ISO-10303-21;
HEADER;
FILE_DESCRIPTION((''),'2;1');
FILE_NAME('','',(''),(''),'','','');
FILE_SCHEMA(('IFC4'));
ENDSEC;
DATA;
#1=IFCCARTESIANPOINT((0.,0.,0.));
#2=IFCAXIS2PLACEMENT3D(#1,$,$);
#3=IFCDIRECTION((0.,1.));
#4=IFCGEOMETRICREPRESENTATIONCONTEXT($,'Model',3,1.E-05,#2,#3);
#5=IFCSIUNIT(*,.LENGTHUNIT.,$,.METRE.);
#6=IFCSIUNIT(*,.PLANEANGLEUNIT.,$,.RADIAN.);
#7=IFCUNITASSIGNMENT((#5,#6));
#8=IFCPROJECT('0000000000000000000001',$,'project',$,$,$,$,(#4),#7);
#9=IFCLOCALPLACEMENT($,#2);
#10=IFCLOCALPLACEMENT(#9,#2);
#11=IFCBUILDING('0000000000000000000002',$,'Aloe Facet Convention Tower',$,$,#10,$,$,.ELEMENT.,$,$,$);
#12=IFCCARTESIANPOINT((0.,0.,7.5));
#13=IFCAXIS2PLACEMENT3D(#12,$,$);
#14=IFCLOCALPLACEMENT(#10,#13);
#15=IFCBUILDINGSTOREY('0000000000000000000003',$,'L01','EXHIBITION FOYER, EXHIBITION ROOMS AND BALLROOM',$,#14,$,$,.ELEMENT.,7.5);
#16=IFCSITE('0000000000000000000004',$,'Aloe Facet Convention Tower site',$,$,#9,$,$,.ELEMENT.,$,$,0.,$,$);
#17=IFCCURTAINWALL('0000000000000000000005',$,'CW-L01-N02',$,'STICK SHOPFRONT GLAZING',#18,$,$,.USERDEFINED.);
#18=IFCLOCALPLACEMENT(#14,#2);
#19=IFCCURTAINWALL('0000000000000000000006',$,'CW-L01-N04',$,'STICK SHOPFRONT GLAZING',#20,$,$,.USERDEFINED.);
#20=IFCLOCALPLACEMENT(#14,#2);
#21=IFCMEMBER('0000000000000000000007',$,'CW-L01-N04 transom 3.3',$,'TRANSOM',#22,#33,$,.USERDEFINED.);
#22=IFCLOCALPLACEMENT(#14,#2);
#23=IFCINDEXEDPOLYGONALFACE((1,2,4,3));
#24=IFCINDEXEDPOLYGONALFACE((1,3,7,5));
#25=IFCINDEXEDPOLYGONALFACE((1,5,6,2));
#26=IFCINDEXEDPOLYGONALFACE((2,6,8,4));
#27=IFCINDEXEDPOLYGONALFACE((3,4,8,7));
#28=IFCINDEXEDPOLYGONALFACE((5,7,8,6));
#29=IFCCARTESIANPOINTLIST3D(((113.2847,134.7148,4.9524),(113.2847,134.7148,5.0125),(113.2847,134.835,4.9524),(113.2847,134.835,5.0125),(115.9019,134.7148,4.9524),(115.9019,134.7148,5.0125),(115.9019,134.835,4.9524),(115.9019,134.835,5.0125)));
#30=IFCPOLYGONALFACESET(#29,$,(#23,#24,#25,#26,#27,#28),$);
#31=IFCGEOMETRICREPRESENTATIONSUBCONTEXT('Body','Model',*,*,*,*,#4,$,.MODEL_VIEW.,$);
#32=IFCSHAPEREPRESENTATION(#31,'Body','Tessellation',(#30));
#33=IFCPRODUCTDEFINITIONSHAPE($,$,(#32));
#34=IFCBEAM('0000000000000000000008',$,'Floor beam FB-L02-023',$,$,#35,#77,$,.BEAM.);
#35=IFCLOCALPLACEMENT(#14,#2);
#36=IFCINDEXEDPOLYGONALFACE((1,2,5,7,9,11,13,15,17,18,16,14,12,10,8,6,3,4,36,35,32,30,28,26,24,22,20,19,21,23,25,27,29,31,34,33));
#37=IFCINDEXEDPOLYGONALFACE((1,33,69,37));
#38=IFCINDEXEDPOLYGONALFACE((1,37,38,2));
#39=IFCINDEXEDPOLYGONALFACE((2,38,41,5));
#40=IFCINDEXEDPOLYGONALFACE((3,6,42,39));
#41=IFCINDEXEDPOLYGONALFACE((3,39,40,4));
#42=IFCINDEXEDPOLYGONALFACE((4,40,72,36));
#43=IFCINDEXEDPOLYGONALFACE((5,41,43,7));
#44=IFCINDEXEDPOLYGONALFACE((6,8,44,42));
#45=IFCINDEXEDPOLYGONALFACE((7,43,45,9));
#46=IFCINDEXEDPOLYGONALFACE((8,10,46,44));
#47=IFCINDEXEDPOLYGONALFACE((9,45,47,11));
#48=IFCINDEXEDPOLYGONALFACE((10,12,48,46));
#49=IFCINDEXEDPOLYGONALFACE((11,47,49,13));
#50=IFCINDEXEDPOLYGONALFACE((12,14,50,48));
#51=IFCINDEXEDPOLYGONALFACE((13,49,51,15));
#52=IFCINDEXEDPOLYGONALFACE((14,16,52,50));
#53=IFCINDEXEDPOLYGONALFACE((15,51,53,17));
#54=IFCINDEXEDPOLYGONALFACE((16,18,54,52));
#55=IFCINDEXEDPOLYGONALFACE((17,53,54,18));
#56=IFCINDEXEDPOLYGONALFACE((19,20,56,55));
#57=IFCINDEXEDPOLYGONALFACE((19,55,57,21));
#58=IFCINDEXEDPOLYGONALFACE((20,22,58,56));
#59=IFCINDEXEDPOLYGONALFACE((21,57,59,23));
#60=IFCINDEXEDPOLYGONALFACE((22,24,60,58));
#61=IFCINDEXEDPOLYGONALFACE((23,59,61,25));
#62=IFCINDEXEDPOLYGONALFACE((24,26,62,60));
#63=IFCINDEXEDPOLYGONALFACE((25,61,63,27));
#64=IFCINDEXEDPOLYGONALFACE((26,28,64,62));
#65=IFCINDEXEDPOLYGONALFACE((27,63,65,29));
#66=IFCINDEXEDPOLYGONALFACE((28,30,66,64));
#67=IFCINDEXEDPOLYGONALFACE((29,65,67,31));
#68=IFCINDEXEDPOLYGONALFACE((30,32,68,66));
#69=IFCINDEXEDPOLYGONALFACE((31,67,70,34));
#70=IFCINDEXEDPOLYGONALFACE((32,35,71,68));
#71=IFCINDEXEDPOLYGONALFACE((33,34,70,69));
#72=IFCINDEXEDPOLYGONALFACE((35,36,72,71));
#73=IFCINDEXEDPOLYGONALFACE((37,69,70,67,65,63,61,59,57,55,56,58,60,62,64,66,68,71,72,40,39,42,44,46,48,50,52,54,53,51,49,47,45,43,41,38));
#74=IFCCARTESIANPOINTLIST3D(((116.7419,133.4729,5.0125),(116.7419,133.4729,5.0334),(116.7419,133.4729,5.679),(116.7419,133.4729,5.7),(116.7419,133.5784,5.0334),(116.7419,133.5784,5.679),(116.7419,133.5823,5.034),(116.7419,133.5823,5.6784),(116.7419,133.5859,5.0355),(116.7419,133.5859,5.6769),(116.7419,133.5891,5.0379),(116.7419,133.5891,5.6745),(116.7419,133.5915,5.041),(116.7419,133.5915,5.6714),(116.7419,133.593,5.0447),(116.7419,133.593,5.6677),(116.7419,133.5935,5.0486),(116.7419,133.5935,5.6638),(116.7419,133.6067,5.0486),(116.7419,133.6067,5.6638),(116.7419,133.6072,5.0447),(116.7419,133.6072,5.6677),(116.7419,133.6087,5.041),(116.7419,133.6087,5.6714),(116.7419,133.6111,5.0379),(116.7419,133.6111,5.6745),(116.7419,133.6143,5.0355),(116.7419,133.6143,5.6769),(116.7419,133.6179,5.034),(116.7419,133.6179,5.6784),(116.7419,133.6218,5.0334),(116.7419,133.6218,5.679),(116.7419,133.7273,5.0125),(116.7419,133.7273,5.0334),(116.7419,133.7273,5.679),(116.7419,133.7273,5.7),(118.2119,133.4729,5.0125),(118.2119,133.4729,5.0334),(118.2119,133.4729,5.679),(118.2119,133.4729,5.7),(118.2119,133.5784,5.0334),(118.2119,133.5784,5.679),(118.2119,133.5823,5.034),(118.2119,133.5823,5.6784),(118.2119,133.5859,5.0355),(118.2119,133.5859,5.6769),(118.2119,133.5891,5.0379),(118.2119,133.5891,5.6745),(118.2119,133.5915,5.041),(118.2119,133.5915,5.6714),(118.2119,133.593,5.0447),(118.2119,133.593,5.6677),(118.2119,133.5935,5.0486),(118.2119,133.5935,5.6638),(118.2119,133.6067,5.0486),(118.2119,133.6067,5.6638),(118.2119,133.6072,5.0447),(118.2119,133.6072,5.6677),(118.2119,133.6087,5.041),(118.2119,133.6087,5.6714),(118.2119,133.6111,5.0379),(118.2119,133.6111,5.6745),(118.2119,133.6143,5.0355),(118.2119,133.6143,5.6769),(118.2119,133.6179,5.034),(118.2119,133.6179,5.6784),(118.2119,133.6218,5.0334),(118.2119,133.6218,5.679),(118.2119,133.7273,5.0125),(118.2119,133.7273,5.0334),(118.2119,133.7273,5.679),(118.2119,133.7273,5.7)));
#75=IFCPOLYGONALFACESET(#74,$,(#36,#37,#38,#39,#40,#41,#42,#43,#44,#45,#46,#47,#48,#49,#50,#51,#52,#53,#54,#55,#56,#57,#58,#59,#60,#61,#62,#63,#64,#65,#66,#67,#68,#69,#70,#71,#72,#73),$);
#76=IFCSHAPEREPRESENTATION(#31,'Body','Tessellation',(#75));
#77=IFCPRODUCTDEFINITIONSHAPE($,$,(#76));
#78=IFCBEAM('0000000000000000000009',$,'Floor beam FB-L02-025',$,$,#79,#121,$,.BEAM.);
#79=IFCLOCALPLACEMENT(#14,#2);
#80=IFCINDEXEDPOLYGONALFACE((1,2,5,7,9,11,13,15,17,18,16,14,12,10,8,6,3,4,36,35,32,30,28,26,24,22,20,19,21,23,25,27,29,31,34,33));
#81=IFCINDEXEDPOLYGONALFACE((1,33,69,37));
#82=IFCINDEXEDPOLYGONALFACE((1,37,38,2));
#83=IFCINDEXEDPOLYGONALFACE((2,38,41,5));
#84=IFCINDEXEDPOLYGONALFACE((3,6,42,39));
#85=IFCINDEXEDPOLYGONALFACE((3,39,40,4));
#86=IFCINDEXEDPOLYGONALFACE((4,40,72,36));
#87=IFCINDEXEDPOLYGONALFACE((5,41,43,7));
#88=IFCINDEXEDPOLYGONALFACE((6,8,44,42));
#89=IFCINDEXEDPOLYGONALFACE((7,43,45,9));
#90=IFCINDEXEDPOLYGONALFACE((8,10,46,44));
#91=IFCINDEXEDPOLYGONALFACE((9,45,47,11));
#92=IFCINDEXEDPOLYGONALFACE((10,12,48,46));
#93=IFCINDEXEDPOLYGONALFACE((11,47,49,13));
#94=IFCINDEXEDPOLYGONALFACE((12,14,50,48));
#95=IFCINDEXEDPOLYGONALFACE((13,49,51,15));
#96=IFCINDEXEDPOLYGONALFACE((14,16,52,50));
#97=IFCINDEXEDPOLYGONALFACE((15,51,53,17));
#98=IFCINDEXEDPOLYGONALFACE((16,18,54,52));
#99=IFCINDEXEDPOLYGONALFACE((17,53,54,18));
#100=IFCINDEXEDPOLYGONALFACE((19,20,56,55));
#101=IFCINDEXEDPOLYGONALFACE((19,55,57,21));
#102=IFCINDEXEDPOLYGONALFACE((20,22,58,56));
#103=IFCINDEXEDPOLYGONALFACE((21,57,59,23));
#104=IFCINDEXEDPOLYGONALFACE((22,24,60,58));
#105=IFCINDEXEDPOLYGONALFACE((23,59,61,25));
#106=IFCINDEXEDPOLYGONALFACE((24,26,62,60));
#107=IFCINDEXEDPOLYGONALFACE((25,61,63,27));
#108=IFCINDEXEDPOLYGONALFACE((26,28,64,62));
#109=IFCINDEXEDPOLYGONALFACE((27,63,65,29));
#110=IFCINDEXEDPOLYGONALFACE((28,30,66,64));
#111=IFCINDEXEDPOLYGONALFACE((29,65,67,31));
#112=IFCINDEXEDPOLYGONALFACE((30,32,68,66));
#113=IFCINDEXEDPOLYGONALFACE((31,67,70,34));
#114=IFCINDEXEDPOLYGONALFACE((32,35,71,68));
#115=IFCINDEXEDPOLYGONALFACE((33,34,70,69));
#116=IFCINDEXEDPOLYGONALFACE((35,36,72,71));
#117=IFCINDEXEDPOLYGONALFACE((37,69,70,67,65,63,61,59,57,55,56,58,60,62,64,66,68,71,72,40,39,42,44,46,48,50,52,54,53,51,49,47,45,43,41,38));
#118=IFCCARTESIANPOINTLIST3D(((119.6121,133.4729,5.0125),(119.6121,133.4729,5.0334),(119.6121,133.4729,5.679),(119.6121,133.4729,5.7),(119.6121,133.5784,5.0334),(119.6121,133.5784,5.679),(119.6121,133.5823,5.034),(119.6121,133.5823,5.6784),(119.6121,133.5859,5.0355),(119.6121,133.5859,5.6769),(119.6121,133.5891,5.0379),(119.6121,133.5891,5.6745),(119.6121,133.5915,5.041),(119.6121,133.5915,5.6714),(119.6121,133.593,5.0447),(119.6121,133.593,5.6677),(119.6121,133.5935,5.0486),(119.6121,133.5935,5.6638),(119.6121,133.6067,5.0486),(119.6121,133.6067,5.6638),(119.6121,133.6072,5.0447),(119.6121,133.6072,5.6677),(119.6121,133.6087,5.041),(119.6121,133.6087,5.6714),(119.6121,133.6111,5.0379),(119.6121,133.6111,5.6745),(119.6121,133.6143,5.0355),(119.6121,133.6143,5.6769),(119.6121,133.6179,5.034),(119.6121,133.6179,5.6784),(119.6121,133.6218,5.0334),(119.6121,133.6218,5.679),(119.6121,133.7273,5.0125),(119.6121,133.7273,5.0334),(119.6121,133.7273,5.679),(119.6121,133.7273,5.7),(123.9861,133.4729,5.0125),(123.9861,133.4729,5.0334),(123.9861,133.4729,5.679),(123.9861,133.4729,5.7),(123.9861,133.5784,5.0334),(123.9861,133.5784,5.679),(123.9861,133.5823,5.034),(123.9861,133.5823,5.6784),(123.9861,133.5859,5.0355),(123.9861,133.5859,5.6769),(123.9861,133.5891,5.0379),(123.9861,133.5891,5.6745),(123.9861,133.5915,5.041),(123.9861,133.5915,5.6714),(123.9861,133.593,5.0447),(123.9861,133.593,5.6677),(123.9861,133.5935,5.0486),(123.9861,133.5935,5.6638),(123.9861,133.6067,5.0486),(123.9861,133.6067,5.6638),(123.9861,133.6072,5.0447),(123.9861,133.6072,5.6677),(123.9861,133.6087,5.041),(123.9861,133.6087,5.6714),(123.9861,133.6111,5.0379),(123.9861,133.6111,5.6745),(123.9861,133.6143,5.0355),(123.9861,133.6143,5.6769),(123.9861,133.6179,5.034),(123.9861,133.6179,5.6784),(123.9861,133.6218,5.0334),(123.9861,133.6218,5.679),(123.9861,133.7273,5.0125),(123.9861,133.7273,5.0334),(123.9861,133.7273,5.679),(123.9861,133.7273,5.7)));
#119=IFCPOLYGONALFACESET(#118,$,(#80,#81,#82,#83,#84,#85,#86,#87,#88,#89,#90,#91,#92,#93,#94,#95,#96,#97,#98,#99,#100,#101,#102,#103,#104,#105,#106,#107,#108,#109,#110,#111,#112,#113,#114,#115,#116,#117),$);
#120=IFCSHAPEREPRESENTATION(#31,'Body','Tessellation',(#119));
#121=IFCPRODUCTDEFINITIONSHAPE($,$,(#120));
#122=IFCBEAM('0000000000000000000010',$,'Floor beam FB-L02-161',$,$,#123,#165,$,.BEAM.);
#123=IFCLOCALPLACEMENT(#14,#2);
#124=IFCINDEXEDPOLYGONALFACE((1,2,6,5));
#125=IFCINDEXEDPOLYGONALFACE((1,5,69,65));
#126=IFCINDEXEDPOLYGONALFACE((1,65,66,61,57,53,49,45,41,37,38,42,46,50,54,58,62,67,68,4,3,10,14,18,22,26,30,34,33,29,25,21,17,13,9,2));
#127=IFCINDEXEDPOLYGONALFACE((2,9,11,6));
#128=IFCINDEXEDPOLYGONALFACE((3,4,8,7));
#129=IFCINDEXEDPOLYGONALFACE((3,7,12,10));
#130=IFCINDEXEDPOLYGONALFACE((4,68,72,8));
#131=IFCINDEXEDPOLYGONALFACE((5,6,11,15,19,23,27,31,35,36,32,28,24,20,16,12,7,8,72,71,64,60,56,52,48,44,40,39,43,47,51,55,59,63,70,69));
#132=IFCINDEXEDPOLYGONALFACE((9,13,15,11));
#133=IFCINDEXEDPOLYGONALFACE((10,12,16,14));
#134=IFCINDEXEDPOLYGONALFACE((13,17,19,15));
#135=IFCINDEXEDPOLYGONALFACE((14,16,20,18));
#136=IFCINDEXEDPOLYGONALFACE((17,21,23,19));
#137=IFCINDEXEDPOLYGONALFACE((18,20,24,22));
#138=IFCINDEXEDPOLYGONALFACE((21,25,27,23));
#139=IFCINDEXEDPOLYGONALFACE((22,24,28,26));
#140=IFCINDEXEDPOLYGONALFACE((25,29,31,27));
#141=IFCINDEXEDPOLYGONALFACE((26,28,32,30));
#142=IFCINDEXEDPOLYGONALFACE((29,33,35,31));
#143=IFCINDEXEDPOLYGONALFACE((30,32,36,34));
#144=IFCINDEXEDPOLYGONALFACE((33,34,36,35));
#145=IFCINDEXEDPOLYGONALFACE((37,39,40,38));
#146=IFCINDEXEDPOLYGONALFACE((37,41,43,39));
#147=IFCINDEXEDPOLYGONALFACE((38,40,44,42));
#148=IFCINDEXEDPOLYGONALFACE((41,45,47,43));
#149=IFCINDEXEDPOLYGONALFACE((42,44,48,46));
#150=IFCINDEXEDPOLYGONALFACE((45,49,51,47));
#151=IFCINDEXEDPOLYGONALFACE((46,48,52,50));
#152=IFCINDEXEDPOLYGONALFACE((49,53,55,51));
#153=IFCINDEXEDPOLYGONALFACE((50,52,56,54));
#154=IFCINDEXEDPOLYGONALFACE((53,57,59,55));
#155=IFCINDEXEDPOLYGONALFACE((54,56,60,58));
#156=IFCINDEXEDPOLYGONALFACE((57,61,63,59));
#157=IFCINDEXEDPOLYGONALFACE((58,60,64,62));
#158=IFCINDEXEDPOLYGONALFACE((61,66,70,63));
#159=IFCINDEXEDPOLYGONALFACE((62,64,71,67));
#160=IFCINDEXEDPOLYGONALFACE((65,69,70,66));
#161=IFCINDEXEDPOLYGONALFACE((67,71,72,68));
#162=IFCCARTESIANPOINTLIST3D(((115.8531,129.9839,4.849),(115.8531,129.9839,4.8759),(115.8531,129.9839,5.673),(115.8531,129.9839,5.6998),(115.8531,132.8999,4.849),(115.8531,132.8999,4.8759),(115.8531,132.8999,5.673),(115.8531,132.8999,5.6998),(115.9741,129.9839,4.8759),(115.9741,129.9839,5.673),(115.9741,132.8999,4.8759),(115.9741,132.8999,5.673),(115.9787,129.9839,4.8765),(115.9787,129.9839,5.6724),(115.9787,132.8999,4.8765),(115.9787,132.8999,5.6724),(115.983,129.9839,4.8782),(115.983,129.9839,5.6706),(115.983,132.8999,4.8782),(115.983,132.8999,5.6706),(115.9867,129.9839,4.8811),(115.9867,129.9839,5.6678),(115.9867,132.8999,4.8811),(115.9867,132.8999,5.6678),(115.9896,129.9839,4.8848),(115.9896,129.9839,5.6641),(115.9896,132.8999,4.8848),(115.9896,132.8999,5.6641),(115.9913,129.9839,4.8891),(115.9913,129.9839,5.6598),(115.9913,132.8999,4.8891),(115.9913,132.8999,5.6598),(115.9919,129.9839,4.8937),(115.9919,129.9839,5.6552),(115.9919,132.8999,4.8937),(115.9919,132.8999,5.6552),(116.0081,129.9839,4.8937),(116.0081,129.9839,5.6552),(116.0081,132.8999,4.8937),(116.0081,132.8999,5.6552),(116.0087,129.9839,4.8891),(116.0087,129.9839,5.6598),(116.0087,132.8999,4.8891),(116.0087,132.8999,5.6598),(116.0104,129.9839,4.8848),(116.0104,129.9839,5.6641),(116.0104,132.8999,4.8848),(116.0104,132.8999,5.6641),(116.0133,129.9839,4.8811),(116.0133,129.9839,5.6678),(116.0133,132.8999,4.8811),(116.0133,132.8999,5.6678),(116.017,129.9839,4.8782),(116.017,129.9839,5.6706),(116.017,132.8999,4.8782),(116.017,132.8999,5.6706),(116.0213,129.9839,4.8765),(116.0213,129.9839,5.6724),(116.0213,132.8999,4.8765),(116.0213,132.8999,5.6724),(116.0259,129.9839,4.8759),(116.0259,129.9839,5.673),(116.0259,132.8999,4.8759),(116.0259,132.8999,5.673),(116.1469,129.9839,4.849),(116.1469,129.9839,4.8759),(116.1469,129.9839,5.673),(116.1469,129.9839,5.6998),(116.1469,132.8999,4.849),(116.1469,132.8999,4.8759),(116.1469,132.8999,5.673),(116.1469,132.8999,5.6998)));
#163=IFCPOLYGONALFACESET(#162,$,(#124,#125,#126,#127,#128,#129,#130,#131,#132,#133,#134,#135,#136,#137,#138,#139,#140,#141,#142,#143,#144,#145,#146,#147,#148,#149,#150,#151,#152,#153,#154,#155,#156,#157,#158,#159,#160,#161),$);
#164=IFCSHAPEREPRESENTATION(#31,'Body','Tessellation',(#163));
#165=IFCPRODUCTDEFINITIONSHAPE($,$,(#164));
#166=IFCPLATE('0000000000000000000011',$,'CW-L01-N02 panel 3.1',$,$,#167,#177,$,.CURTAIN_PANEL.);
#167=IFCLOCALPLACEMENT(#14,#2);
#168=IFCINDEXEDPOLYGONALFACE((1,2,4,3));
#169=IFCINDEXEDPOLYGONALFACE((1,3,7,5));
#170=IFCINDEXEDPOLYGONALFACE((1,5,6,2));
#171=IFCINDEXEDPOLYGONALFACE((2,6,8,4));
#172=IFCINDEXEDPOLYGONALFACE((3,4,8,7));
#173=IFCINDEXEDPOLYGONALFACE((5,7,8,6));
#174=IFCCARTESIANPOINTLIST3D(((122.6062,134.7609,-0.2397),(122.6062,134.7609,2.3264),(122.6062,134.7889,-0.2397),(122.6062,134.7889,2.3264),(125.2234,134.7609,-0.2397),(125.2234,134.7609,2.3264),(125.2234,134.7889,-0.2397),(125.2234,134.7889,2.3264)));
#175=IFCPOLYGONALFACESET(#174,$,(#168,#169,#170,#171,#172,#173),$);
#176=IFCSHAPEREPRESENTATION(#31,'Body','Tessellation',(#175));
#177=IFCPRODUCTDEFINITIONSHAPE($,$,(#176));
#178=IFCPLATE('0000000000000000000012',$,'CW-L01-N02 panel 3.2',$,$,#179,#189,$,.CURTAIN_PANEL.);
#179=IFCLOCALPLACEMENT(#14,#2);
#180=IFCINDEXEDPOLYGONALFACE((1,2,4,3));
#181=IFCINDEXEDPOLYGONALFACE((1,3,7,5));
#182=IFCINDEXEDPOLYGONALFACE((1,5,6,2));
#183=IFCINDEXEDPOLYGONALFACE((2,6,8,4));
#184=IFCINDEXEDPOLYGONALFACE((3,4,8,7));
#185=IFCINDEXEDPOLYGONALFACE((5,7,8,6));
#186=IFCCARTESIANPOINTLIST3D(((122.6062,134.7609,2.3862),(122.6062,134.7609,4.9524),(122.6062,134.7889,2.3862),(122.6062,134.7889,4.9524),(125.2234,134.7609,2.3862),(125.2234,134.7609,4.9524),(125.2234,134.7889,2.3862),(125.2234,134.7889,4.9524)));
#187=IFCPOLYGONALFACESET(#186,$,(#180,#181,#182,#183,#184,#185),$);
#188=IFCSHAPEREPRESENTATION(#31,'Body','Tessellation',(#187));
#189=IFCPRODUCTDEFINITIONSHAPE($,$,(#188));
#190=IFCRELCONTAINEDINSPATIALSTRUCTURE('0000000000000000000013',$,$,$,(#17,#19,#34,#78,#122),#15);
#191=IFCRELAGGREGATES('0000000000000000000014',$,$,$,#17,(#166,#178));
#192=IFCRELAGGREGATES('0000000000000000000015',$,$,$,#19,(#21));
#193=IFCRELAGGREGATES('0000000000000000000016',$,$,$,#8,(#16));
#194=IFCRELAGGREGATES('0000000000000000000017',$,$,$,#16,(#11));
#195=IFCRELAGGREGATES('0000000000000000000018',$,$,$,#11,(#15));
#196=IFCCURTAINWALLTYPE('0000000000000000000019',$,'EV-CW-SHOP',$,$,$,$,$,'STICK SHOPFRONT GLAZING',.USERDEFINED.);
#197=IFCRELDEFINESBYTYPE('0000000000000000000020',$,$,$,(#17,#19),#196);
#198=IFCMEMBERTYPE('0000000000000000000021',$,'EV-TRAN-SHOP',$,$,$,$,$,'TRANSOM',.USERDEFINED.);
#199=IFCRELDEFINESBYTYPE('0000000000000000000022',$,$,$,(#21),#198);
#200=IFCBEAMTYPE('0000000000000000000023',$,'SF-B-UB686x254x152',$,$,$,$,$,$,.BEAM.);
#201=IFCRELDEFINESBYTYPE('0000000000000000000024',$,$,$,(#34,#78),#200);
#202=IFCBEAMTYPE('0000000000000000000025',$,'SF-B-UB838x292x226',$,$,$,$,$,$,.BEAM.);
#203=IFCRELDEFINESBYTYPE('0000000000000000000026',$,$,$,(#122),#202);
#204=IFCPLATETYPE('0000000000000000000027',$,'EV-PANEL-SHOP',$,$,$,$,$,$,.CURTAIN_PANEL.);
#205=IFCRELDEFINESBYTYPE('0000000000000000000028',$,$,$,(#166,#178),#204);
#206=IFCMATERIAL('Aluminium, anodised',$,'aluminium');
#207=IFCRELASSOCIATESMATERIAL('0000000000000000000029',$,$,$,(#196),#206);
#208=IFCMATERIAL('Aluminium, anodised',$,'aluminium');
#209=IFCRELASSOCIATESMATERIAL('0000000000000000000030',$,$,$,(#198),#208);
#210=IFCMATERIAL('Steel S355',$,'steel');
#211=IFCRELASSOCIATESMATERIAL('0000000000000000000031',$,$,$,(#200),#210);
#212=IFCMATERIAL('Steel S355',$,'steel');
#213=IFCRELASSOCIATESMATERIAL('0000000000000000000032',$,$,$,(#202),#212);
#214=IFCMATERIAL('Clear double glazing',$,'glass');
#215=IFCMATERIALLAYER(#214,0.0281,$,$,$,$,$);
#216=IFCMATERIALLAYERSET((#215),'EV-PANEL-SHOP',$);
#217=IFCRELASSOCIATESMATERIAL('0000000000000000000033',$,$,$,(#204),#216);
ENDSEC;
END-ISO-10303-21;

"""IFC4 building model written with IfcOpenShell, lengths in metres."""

from ifc_helpers import new_model, si_unit, direction, frame, origin, origin_2d, place, context, subcontext, project, spatial, rectangle, i_section, extrude, material, layer, layer_set, material_profile, profile_set, type_object, element, aggregate, save


model = new_model("IFC4")

# Units and contexts
model_context = context("Model", 3, precision=1e-05, world=origin(), true_north=direction((0.0, 1.0)))
body_context = subcontext(model_context, "Body", "Model", "MODEL_VIEW")
ifc_project = project(units=[si_unit("LENGTHUNIT", "METRE"), si_unit("PLANEANGLEUNIT", "RADIAN")], contexts=[model_context])

# Site, building, storey
site_placement = place(None, origin())
site = spatial("IfcSite", under=ifc_project, at=site_placement, Name="Aloe Facet Convention Tower site", CompositionType="ELEMENT", RefElevation=0.0)
building_placement = place(site_placement, origin())
building = spatial("IfcBuilding", under=site, at=building_placement, Name="Aloe Facet Convention Tower", CompositionType="ELEMENT")
storey_placement = place(building_placement, frame((0.0, 0.0, 7.5)))
storey = spatial("IfcBuildingStorey", under=building, at=storey_placement, Name="L01", Description="EXHIBITION FOYER, EXHIBITION ROOMS AND BALLROOM", CompositionType="ELEMENT", Elevation=7.5)

# Curtain wall
ifc_material_1 = material(Name="Aluminium, anodised", Category="aluminium")
curtain_wall_type = type_object("IfcCurtainWallType", Name="EV-CW-SHOP", ElementType="STICK SHOPFRONT GLAZING", PredefinedType="USERDEFINED", material=ifc_material_1)
curtain_wall_1_placement = place(storey_placement, origin())
curtain_wall_1 = element("IfcCurtainWall", 1, at=curtain_wall_1_placement, inside=storey, type_object=curtain_wall_type, Name="CW-L01-N02", ObjectType="STICK SHOPFRONT GLAZING", PredefinedType="USERDEFINED")

# Curtain wall
curtain_wall_2_placement = place(storey_placement, origin())
curtain_wall_2 = element("IfcCurtainWall", 2, at=curtain_wall_2_placement, inside=storey, type_object=curtain_wall_type, Name="CW-L01-N04", ObjectType="STICK SHOPFRONT GLAZING", PredefinedType="USERDEFINED")

# Member
ifc_material_2 = material(Name="Aluminium, anodised", Category="aluminium")
ifc_material_profile_1 = material_profile(ifc_material_2, rectangle(XDim=0.1201, YDim=0.0601, at=origin_2d()), Name="AL 120x60")
ifc_profile_set_1 = profile_set([ifc_material_profile_1], Name="Aluminium, anodised")
member_type_1 = type_object("IfcMemberType", Name="EV-TRAN-SHOP", ElementType="TRANSOM", PredefinedType="USERDEFINED", material=ifc_profile_set_1)
member_1_placement = place(storey_placement, frame((115.9019, 134.7749, 4.9824), z_axis=(-1.0, 0.0, 0.0), x_axis=(0.0, -1.0, 0.0)))
member_1 = element("IfcMember", 3, at=member_1_placement, type_object=member_type_1, Name="CW-L01-N04 transom 3.3", ObjectType="TRANSOM", PredefinedType="USERDEFINED", context=body_context, shape_type="SweptSolid", body=[
    extrude(rectangle(XDim=0.1201, YDim=0.0601, at=origin_2d()), origin(), (0.0, 0.0, 1.0), 2.6172),
])

# Beams
ifc_material_3 = material(Name="Steel S355", Category="steel")
ifc_material_profile_2 = material_profile(ifc_material_3, i_section(OverallWidth=0.2544, OverallDepth=0.6875, WebThickness=0.0132, FlangeThickness=0.021, FilletRadius=0.0151, at=origin_2d()), Name="UB 686x254x152")
ifc_profile_set_2 = profile_set([ifc_material_profile_2], Name="Steel S355")
beam_type_1 = type_object("IfcBeamType", Name="SF-B-UB686x254x152", PredefinedType="BEAM", material=ifc_profile_set_2)
beam_1_placement = place(storey_placement, frame((116.7419, 133.6001, 5.3562), z_axis=(1.0, 0.0, 0.0), x_axis=(0.0, 1.0, 0.0)))
element("IfcBeam", 4, at=beam_1_placement, inside=storey, type_object=beam_type_1, Name="Floor beam FB-L02-023", PredefinedType="BEAM", context=body_context, shape_type="SweptSolid", body=[
    extrude(i_section(OverallWidth=0.2544, OverallDepth=0.6875, WebThickness=0.0132, FlangeThickness=0.021, FilletRadius=0.0151, at=origin_2d()), origin(), (0.0, 0.0, 1.0), 1.47),
])
beam_2_placement = place(storey_placement, frame((119.6121, 133.6001, 5.3562), z_axis=(1.0, 0.0, 0.0), x_axis=(0.0, 1.0, 0.0)))
element("IfcBeam", 5, at=beam_2_placement, inside=storey, type_object=beam_type_1, Name="Floor beam FB-L02-025", PredefinedType="BEAM", context=body_context, shape_type="SweptSolid", body=[
    extrude(i_section(OverallWidth=0.2544, OverallDepth=0.6875, WebThickness=0.0132, FlangeThickness=0.021, FilletRadius=0.0151, at=origin_2d()), origin(), (0.0, 0.0, 1.0), 4.374),
])
ifc_material_4 = material(Name="Steel S355", Category="steel")
ifc_material_profile_3 = material_profile(ifc_material_4, i_section(OverallWidth=0.2937, OverallDepth=0.8508, WebThickness=0.0161, FlangeThickness=0.0269, FilletRadius=0.0178, at=origin_2d()), Name="UB 838x292x226")
ifc_profile_set_3 = profile_set([ifc_material_profile_3], Name="Steel S355")
beam_type_2 = type_object("IfcBeamType", Name="SF-B-UB838x292x226", PredefinedType="BEAM", material=ifc_profile_set_3)
beam_3_placement = place(storey_placement, frame((116.0, 129.9839, 5.2744), z_axis=(0.0, 1.0, 0.0), x_axis=(-1.0, 0.0, 0.0)))
element("IfcBeam", 6, at=beam_3_placement, inside=storey, type_object=beam_type_2, Name="Floor beam FB-L02-161", PredefinedType="BEAM", context=body_context, shape_type="SweptSolid", body=[
    extrude(i_section(OverallWidth=0.2937, OverallDepth=0.8508, WebThickness=0.0161, FlangeThickness=0.0269, FilletRadius=0.0178, at=origin_2d()), origin(), (0.0, 0.0, 1.0), 2.916),
])

# Plates
ifc_material_5 = material(Name="Clear double glazing", Category="glass")
ifc_layer_1 = layer(ifc_material_5, 0.0281)
ifc_layer_set_1 = layer_set([ifc_layer_1], Name="EV-PANEL-SHOP")
plate_type = type_object("IfcPlateType", Name="EV-PANEL-SHOP", PredefinedType="CURTAIN_PANEL", material=ifc_layer_set_1)
plate_1_placement = place(storey_placement, frame((123.9148, 134.7749, -0.2397), z_axis=(0.0, 0.0, 1.0), x_axis=(-1.0, 0.0, 0.0)))
plate_1 = element("IfcPlate", 7, at=plate_1_placement, type_object=plate_type, Name="CW-L01-N02 panel 3.1", PredefinedType="CURTAIN_PANEL", context=body_context, shape_type="SweptSolid", body=[
    extrude(rectangle(XDim=2.6172, YDim=0.0281, at=origin_2d()), origin(), (0.0, 0.0, 1.0), 2.5662),
])
plate_2_placement = place(storey_placement, frame((123.9148, 134.7749, 2.3862), z_axis=(0.0, 0.0, 1.0), x_axis=(-1.0, 0.0, 0.0)))
plate_2 = element("IfcPlate", 8, at=plate_2_placement, type_object=plate_type, Name="CW-L01-N02 panel 3.2", PredefinedType="CURTAIN_PANEL", context=body_context, shape_type="SweptSolid", body=[
    extrude(rectangle(XDim=2.6172, YDim=0.0281, at=origin_2d()), origin(), (0.0, 0.0, 1.0), 2.5662),
])
aggregate(curtain_wall_1, [plate_1, plate_2])
aggregate(curtain_wall_2, [member_1])

save(model, "model.ifc")
